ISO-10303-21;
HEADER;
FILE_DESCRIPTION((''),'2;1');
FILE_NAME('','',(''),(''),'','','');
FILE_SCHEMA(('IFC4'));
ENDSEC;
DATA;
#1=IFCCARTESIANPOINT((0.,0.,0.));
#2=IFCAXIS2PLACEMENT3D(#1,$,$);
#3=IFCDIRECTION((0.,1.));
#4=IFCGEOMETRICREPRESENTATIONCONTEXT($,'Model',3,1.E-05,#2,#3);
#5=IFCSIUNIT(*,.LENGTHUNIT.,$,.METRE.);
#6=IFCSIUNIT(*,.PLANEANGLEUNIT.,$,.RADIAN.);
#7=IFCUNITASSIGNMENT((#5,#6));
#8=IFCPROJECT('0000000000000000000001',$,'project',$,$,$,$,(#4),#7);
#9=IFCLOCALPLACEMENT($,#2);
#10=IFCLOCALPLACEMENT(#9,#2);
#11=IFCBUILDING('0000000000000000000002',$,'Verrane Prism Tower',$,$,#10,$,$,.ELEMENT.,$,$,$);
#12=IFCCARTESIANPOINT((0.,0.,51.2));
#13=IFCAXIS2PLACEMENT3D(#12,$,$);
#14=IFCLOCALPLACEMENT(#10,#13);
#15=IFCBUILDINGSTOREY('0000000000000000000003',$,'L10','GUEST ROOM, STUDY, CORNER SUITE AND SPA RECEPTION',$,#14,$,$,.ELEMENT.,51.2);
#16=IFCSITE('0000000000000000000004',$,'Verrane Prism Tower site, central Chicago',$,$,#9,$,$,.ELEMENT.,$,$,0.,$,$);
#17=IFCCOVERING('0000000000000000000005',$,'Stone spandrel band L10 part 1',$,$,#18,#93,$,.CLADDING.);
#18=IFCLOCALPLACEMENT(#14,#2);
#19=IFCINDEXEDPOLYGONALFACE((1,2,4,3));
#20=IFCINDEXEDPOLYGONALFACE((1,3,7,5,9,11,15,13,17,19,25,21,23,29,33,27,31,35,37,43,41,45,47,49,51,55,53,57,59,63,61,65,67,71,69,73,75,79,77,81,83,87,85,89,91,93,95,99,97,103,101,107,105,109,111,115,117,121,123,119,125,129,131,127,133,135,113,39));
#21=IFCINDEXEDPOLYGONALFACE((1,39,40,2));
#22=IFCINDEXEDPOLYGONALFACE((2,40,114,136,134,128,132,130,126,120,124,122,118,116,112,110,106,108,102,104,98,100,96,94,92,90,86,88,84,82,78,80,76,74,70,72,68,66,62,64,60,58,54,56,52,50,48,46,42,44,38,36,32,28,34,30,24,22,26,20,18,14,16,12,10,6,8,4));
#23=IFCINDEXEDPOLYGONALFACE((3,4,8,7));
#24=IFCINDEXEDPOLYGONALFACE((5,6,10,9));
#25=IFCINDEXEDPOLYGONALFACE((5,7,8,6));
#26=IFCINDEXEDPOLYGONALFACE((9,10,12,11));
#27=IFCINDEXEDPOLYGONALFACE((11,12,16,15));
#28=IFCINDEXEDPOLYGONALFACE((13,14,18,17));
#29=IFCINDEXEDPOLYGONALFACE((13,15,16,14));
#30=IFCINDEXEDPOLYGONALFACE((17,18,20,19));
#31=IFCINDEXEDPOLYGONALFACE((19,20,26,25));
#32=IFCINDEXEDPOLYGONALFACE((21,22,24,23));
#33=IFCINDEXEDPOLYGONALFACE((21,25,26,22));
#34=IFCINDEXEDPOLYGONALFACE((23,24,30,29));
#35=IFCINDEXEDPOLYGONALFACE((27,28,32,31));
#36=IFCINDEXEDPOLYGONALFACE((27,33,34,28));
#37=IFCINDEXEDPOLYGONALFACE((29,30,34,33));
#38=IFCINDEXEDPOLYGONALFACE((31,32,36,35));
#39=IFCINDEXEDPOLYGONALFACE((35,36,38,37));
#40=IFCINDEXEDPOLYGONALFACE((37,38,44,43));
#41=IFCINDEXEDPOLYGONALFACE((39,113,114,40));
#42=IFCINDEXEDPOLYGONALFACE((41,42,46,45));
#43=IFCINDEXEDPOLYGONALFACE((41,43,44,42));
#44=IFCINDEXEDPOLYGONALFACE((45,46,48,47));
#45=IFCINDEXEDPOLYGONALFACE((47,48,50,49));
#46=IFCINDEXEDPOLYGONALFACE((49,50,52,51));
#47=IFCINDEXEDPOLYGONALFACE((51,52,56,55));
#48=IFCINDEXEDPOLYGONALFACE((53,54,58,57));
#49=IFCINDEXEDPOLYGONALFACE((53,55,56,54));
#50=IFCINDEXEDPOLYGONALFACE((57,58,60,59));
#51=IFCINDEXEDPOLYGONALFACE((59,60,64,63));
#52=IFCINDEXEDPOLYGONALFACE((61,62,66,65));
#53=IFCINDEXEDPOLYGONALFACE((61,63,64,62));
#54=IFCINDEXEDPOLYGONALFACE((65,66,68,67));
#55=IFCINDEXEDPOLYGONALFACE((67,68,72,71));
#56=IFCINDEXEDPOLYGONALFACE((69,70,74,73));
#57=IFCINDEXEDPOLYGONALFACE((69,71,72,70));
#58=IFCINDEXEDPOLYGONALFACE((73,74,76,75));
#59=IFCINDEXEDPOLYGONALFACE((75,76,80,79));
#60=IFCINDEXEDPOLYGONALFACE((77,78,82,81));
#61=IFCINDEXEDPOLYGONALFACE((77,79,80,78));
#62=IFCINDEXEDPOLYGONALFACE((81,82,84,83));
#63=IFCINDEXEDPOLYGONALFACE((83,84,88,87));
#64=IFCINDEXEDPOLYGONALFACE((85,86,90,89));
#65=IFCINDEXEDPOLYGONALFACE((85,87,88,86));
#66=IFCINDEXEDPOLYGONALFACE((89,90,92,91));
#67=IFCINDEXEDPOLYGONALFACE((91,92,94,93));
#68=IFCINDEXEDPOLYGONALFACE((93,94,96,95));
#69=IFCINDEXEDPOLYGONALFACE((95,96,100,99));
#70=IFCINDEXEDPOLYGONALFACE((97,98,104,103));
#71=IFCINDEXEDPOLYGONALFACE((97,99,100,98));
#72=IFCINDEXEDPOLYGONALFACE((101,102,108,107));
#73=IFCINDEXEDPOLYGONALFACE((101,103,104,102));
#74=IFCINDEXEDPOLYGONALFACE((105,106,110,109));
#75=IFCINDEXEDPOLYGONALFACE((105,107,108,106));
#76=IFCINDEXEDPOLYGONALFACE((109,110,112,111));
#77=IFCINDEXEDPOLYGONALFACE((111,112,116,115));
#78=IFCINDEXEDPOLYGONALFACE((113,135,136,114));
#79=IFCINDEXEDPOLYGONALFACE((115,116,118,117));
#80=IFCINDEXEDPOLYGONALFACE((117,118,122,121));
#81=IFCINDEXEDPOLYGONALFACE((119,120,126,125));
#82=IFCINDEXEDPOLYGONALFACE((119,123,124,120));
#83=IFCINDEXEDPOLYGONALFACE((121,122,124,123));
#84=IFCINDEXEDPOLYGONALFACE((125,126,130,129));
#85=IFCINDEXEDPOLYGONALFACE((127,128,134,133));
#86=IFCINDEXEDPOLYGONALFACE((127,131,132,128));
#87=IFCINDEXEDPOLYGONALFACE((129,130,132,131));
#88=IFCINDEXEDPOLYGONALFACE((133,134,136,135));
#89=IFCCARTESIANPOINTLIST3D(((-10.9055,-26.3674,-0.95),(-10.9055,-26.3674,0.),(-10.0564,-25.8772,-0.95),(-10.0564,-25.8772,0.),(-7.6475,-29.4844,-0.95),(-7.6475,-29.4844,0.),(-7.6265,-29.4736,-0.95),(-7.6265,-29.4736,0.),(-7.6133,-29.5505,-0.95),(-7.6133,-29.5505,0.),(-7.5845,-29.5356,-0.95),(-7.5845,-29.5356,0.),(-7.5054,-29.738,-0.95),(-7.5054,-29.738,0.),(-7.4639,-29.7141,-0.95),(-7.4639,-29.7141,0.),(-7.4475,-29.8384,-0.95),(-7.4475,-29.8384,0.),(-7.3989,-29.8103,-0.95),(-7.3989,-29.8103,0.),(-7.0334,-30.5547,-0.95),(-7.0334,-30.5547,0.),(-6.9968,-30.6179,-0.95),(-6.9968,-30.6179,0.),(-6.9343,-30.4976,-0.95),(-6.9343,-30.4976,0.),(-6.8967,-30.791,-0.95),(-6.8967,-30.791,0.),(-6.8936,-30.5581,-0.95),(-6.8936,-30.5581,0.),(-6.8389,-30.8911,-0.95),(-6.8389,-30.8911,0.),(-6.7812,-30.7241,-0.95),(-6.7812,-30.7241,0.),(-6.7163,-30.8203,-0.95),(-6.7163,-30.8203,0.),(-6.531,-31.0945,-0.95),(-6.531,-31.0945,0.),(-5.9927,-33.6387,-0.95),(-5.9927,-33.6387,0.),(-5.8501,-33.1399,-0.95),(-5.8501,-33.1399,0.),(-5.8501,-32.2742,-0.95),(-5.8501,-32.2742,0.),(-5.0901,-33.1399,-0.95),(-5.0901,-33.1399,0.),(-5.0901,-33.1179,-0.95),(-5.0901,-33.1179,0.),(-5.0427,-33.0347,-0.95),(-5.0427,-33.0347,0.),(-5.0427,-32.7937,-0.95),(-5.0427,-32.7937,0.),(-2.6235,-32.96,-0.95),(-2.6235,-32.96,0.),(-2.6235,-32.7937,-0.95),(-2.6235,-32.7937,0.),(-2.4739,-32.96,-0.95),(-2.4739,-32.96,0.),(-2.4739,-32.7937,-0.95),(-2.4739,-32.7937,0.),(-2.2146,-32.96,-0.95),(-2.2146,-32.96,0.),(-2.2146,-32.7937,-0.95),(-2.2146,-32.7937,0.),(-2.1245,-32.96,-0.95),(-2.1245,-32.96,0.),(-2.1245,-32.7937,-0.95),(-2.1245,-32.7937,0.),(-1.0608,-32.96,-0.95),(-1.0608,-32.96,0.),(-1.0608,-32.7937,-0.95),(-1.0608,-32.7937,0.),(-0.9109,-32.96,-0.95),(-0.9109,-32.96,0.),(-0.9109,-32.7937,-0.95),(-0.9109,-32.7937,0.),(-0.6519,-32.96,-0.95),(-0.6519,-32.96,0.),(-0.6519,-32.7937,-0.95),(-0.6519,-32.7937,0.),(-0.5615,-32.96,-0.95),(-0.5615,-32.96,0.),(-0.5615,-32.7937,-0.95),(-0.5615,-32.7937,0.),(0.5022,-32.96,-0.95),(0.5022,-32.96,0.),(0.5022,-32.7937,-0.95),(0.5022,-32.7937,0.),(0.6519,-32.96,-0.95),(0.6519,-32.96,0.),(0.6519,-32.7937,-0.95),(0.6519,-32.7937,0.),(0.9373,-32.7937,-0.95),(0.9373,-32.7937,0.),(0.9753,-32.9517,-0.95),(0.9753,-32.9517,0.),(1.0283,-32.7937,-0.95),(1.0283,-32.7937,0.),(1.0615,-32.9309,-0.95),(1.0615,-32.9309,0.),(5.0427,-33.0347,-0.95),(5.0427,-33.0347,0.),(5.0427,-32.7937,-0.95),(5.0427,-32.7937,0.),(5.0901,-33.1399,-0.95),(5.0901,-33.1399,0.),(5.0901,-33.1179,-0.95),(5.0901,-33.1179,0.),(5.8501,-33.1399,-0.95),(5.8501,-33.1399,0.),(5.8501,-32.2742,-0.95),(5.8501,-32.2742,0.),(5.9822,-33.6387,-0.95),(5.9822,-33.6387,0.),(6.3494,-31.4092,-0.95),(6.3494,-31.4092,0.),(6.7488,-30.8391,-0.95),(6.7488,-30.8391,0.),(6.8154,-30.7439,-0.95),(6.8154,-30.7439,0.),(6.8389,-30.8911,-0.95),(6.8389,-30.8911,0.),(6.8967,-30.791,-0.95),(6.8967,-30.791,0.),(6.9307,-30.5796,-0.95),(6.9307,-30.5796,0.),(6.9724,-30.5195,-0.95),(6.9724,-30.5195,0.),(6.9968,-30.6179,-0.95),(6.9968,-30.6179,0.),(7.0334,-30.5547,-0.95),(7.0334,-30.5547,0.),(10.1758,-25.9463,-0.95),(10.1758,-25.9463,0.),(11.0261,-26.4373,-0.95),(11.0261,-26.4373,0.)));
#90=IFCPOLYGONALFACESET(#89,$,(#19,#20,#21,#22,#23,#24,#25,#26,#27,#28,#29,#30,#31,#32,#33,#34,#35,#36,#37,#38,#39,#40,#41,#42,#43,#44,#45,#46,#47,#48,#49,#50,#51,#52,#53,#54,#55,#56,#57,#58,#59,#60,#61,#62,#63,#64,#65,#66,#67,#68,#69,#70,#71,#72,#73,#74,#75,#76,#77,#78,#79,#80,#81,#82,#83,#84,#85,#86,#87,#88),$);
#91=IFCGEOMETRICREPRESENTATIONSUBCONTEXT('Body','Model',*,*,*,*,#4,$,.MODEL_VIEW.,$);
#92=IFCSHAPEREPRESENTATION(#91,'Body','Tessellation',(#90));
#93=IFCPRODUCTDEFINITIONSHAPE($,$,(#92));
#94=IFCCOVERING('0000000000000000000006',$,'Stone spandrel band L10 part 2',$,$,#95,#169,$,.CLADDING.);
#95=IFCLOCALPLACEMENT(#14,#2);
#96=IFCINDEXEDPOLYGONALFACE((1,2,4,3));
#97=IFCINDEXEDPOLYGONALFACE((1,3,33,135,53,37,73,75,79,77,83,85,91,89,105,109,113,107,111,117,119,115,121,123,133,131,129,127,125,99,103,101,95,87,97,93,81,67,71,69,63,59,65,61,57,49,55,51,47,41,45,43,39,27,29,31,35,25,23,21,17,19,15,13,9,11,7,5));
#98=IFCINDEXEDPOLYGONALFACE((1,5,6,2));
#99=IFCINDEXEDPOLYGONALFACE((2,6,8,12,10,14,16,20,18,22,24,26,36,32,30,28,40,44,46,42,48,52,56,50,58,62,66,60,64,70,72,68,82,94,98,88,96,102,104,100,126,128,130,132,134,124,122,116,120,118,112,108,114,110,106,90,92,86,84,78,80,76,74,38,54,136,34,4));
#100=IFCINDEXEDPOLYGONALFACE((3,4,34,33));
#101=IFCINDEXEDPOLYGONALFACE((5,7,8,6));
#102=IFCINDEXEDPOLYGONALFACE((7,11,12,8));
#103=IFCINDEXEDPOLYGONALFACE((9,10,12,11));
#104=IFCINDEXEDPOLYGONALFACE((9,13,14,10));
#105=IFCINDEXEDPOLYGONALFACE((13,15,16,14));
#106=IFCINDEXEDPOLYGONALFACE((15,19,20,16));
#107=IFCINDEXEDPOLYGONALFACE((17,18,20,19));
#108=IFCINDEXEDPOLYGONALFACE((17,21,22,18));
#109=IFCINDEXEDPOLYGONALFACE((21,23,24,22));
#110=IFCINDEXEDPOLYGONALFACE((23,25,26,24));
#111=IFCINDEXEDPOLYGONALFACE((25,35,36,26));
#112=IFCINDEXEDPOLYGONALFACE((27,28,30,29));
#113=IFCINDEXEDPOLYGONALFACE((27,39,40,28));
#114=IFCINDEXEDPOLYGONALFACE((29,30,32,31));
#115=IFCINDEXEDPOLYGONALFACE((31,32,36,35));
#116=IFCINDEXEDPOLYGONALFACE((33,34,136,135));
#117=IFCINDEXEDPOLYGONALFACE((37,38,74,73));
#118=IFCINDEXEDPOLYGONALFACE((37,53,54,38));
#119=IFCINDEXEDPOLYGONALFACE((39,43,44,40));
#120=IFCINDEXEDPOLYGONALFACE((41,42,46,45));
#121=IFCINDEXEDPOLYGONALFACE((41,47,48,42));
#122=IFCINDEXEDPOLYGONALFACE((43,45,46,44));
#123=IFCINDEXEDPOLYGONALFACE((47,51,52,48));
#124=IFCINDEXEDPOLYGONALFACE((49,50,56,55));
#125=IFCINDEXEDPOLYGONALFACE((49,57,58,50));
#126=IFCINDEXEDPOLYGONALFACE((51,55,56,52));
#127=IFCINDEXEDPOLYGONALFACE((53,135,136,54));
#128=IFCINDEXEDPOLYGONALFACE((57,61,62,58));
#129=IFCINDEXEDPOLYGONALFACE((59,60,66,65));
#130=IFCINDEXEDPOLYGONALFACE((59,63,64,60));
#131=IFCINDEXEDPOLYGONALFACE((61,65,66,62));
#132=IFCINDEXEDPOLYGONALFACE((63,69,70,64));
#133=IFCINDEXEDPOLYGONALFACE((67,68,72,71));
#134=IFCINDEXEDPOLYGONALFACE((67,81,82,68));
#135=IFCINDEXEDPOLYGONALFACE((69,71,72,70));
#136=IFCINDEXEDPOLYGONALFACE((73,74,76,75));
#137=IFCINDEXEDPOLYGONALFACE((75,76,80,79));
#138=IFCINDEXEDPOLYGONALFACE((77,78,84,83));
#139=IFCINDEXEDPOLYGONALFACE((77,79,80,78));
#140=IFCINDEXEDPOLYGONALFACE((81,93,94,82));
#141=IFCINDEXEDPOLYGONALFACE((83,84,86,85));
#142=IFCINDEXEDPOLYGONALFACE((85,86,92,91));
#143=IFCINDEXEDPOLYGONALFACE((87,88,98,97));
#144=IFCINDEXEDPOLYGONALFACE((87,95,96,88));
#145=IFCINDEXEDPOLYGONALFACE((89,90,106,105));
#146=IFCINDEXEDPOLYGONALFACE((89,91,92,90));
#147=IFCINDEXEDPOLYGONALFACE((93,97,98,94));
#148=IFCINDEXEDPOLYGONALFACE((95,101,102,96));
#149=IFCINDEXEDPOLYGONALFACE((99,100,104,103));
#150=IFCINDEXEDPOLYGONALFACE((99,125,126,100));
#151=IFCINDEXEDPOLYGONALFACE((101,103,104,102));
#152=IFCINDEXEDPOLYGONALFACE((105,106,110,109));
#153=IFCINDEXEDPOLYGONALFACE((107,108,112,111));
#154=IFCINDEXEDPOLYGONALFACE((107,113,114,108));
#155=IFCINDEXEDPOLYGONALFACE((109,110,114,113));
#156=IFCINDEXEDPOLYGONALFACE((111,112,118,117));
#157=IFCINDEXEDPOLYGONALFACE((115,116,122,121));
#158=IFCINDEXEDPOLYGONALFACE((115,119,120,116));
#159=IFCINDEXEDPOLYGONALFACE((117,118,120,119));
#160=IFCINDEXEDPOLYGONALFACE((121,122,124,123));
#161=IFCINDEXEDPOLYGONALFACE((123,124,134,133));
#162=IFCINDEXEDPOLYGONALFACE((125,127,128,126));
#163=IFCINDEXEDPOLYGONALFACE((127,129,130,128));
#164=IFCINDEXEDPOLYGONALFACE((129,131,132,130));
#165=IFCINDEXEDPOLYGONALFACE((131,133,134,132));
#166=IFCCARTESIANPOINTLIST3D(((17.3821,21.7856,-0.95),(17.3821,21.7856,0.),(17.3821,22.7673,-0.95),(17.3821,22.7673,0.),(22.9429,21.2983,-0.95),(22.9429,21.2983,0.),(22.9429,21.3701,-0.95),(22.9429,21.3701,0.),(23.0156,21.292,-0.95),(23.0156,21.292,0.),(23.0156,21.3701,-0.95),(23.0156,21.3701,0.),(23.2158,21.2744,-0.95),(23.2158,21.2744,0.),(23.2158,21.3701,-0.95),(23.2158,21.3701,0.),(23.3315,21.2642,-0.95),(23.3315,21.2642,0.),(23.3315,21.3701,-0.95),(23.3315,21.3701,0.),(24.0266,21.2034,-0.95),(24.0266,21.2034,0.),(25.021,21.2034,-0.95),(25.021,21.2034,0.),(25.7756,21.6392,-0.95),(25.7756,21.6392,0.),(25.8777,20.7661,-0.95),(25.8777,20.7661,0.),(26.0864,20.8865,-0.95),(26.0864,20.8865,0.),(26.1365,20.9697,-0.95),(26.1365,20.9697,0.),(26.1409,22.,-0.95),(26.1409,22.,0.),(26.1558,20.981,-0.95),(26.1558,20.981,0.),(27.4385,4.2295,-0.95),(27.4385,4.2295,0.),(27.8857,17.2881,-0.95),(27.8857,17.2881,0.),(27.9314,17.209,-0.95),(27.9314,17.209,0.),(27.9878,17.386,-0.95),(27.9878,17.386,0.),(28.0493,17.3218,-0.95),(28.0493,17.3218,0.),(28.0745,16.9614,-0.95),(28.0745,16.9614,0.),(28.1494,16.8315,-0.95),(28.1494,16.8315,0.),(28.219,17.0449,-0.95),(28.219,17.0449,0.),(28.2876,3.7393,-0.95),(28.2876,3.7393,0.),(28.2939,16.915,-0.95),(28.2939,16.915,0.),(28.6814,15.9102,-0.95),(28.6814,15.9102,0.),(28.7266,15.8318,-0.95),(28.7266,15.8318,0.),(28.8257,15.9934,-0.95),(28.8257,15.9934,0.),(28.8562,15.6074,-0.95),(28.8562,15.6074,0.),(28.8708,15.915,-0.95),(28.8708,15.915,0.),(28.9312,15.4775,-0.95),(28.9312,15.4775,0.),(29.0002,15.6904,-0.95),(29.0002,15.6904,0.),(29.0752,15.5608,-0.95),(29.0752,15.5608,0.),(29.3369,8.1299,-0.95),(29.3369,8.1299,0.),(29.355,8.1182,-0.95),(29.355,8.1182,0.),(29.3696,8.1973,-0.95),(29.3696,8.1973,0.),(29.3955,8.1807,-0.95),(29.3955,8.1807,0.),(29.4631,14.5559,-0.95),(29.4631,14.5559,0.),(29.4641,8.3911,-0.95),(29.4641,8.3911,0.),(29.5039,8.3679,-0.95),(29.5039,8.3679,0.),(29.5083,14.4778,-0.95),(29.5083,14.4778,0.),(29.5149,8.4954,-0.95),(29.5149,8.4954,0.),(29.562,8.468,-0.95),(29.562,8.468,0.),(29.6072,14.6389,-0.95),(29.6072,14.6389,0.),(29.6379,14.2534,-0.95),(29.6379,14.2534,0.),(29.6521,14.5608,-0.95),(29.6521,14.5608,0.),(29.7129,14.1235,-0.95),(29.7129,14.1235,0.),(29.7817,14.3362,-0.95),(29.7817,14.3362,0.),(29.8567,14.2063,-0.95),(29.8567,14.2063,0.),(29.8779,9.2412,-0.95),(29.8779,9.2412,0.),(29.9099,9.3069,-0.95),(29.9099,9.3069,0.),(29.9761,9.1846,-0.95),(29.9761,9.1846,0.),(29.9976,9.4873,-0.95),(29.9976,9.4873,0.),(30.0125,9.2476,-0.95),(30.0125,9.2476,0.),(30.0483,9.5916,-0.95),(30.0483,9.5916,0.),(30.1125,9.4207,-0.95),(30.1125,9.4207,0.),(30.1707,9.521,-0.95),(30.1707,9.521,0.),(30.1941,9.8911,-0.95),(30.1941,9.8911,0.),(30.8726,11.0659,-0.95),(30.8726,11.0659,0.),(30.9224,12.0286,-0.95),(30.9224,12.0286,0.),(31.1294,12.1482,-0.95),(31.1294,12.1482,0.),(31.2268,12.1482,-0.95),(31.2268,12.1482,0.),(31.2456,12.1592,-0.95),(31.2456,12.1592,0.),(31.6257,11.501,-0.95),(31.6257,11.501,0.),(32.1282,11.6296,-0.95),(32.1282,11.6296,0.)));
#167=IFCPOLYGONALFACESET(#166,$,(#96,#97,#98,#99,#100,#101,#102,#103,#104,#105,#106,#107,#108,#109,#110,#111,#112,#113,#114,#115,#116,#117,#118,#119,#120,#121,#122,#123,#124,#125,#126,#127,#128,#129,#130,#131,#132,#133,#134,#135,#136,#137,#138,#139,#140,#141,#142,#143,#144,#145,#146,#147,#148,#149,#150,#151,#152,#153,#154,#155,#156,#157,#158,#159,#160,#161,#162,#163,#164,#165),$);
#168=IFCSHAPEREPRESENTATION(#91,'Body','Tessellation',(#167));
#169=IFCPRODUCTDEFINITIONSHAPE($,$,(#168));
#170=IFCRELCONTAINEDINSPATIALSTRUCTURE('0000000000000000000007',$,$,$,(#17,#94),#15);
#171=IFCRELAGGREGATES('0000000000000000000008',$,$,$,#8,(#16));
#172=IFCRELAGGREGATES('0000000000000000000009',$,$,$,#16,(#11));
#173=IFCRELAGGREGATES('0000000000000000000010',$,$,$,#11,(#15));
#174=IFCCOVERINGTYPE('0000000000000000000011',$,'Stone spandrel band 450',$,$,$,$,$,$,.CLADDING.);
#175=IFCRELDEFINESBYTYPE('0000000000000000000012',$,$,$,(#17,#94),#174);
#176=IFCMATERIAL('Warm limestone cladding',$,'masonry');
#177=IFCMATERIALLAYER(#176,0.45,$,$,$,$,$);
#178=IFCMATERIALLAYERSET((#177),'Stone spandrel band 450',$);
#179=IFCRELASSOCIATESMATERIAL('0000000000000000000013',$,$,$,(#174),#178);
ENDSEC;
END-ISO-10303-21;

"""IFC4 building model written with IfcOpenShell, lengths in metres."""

from ifc_helpers import new_model, si_unit, direction, frame, origin, place, context, subcontext, project, spatial, polyline, outline, extrude, material, layer, layer_set, type_object, element, save


model = new_model("IFC4")

# Units and contexts
model_context = context("Model", 3, precision=1e-05, world=origin(), true_north=direction((0.0, 1.0)))
body_context = subcontext(model_context, "Body", "Model", "MODEL_VIEW")
ifc_project = project(units=[si_unit("LENGTHUNIT", "METRE"), si_unit("PLANEANGLEUNIT", "RADIAN")], contexts=[model_context])

# Site, building, storey
site_placement = place(None, origin())
site = spatial("IfcSite", under=ifc_project, at=site_placement, Name="Verrane Prism Tower site, central Chicago", CompositionType="ELEMENT", RefElevation=0.0)
building_placement = place(site_placement, origin())
building = spatial("IfcBuilding", under=site, at=building_placement, Name="Verrane Prism Tower", CompositionType="ELEMENT")
storey_placement = place(building_placement, frame((0.0, 0.0, 51.2)))
storey = spatial("IfcBuildingStorey", under=building, at=storey_placement, Name="L10", Description="GUEST ROOM, STUDY, CORNER SUITE AND SPA RECEPTION", CompositionType="ELEMENT", Elevation=51.2)

# Coverings
ifc_material_1 = material(Name="Warm limestone cladding", Category="masonry")
ifc_layer_1 = layer(ifc_material_1, 0.45)
ifc_layer_set_1 = layer_set([ifc_layer_1], Name="Stone spandrel band 450")
covering_type_1 = type_object("IfcCoveringType", Name="Stone spandrel band 450", PredefinedType="CLADDING", material=ifc_layer_set_1)
covering_1_placement = place(storey_placement, frame((0.0, 0.0, -0.95)))
element("IfcCovering", 1, at=covering_1_placement, inside=storey, type_object=covering_type_1, Name="Stone spandrel band L10 part 1", PredefinedType="CLADDING", context=body_context, shape_type="SweptSolid", body=[
    extrude(outline(polyline([(-5.9927, -33.6387), (5.9822, -33.6387), (11.0261, -26.4373), (10.1758, -25.9463), (6.9724, -30.5195), (7.0334, -30.5547), (6.9968, -30.6179), (6.9307, -30.5796), (6.8154, -30.7439), (6.8967, -30.791), (6.8389, -30.8911), (6.7488, -30.8391), (6.3494, -31.4092), (5.8501, -32.2742), (5.8501, -33.1399), (5.0901, -33.1399), (5.0901, -33.1179), (5.0427, -33.0347), (5.0427, -32.7937), (1.0283, -32.7937), (1.0615, -32.9309), (0.9753, -32.9517), (0.9373, -32.7937), (0.6519, -32.7937), (0.6519, -32.96), (0.5022, -32.96), (0.5022, -32.7937), (-0.5615, -32.7937), (-0.5615, -32.96), (-0.6519, -32.96), (-0.6519, -32.7937), (-0.9109, -32.7937), (-0.9109, -32.96), (-1.0608, -32.96), (-1.0608, -32.7937), (-2.1245, -32.7937), (-2.1245, -32.96), (-2.2146, -32.96), (-2.2146, -32.7937), (-2.4739, -32.7937), (-2.4739, -32.96), (-2.6235, -32.96), (-2.6235, -32.7937), (-5.0427, -32.7937), (-5.0427, -33.0347), (-5.0901, -33.1179), (-5.0901, -33.1399), (-5.8501, -33.1399), (-5.8501, -32.2742), (-6.531, -31.0945), (-6.7163, -30.8203), (-6.8389, -30.8911), (-6.8967, -30.791), (-6.7812, -30.7241), (-6.8936, -30.5581), (-6.9968, -30.6179), (-7.0334, -30.5547), (-6.9343, -30.4976), (-7.3989, -29.8103), (-7.4475, -29.8384), (-7.5054, -29.738), (-7.4639, -29.7141), (-7.5845, -29.5356), (-7.6133, -29.5505), (-7.6475, -29.4844), (-7.6265, -29.4736), (-10.0564, -25.8772), (-10.9055, -26.3674), (-5.9927, -33.6387)])), origin(), (0.0, 0.0, 1.0), 0.95),
])
covering_2_placement = place(storey_placement, frame((0.0, 0.0, -0.95)))
element("IfcCovering", 2, at=covering_2_placement, inside=storey, type_object=covering_type_1, Name="Stone spandrel band L10 part 2", PredefinedType="CLADDING", context=body_context, shape_type="SweptSolid", body=[
    extrude(outline(polyline([(17.3821, 21.7856), (22.9429, 21.2983), (22.9429, 21.3701), (23.0156, 21.3701), (23.0156, 21.292), (23.2158, 21.2744), (23.2158, 21.3701), (23.3315, 21.3701), (23.3315, 21.2642), (24.0266, 21.2034), (25.021, 21.2034), (25.7756, 21.6392), (26.1558, 20.981), (26.1365, 20.9697), (26.0864, 20.8865), (25.8777, 20.7661), (27.8857, 17.2881), (27.9878, 17.386), (28.0493, 17.3218), (27.9314, 17.209), (28.0745, 16.9614), (28.219, 17.0449), (28.2939, 16.915), (28.1494, 16.8315), (28.6814, 15.9102), (28.8257, 15.9934), (28.8708, 15.915), (28.7266, 15.8318), (28.8562, 15.6074), (29.0002, 15.6904), (29.0752, 15.5608), (28.9312, 15.4775), (29.4631, 14.5559), (29.6072, 14.6389), (29.6521, 14.5608), (29.5083, 14.4778), (29.6379, 14.2534), (29.7817, 14.3362), (29.8567, 14.2063), (29.7129, 14.1235), (30.9224, 12.0286), (31.1294, 12.1482), (31.2268, 12.1482), (31.2456, 12.1592), (31.6257, 11.501), (30.8726, 11.0659), (30.1941, 9.8911), (30.0483, 9.5916), (30.1707, 9.521), (30.1125, 9.4207), (29.9976, 9.4873), (29.9099, 9.3069), (30.0125, 9.2476), (29.9761, 9.1846), (29.8779, 9.2412), (29.5149, 8.4954), (29.562, 8.468), (29.5039, 8.3679), (29.4641, 8.3911), (29.3696, 8.1973), (29.3955, 8.1807), (29.355, 8.1182), (29.3369, 8.1299), (27.4385, 4.2295), (28.2876, 3.7393), (32.1282, 11.6296), (26.1409, 22.0), (17.3821, 22.7673), (17.3821, 21.7856)])), origin(), (0.0, 0.0, 1.0), 0.95),
])

save(model, "model.ifc")
